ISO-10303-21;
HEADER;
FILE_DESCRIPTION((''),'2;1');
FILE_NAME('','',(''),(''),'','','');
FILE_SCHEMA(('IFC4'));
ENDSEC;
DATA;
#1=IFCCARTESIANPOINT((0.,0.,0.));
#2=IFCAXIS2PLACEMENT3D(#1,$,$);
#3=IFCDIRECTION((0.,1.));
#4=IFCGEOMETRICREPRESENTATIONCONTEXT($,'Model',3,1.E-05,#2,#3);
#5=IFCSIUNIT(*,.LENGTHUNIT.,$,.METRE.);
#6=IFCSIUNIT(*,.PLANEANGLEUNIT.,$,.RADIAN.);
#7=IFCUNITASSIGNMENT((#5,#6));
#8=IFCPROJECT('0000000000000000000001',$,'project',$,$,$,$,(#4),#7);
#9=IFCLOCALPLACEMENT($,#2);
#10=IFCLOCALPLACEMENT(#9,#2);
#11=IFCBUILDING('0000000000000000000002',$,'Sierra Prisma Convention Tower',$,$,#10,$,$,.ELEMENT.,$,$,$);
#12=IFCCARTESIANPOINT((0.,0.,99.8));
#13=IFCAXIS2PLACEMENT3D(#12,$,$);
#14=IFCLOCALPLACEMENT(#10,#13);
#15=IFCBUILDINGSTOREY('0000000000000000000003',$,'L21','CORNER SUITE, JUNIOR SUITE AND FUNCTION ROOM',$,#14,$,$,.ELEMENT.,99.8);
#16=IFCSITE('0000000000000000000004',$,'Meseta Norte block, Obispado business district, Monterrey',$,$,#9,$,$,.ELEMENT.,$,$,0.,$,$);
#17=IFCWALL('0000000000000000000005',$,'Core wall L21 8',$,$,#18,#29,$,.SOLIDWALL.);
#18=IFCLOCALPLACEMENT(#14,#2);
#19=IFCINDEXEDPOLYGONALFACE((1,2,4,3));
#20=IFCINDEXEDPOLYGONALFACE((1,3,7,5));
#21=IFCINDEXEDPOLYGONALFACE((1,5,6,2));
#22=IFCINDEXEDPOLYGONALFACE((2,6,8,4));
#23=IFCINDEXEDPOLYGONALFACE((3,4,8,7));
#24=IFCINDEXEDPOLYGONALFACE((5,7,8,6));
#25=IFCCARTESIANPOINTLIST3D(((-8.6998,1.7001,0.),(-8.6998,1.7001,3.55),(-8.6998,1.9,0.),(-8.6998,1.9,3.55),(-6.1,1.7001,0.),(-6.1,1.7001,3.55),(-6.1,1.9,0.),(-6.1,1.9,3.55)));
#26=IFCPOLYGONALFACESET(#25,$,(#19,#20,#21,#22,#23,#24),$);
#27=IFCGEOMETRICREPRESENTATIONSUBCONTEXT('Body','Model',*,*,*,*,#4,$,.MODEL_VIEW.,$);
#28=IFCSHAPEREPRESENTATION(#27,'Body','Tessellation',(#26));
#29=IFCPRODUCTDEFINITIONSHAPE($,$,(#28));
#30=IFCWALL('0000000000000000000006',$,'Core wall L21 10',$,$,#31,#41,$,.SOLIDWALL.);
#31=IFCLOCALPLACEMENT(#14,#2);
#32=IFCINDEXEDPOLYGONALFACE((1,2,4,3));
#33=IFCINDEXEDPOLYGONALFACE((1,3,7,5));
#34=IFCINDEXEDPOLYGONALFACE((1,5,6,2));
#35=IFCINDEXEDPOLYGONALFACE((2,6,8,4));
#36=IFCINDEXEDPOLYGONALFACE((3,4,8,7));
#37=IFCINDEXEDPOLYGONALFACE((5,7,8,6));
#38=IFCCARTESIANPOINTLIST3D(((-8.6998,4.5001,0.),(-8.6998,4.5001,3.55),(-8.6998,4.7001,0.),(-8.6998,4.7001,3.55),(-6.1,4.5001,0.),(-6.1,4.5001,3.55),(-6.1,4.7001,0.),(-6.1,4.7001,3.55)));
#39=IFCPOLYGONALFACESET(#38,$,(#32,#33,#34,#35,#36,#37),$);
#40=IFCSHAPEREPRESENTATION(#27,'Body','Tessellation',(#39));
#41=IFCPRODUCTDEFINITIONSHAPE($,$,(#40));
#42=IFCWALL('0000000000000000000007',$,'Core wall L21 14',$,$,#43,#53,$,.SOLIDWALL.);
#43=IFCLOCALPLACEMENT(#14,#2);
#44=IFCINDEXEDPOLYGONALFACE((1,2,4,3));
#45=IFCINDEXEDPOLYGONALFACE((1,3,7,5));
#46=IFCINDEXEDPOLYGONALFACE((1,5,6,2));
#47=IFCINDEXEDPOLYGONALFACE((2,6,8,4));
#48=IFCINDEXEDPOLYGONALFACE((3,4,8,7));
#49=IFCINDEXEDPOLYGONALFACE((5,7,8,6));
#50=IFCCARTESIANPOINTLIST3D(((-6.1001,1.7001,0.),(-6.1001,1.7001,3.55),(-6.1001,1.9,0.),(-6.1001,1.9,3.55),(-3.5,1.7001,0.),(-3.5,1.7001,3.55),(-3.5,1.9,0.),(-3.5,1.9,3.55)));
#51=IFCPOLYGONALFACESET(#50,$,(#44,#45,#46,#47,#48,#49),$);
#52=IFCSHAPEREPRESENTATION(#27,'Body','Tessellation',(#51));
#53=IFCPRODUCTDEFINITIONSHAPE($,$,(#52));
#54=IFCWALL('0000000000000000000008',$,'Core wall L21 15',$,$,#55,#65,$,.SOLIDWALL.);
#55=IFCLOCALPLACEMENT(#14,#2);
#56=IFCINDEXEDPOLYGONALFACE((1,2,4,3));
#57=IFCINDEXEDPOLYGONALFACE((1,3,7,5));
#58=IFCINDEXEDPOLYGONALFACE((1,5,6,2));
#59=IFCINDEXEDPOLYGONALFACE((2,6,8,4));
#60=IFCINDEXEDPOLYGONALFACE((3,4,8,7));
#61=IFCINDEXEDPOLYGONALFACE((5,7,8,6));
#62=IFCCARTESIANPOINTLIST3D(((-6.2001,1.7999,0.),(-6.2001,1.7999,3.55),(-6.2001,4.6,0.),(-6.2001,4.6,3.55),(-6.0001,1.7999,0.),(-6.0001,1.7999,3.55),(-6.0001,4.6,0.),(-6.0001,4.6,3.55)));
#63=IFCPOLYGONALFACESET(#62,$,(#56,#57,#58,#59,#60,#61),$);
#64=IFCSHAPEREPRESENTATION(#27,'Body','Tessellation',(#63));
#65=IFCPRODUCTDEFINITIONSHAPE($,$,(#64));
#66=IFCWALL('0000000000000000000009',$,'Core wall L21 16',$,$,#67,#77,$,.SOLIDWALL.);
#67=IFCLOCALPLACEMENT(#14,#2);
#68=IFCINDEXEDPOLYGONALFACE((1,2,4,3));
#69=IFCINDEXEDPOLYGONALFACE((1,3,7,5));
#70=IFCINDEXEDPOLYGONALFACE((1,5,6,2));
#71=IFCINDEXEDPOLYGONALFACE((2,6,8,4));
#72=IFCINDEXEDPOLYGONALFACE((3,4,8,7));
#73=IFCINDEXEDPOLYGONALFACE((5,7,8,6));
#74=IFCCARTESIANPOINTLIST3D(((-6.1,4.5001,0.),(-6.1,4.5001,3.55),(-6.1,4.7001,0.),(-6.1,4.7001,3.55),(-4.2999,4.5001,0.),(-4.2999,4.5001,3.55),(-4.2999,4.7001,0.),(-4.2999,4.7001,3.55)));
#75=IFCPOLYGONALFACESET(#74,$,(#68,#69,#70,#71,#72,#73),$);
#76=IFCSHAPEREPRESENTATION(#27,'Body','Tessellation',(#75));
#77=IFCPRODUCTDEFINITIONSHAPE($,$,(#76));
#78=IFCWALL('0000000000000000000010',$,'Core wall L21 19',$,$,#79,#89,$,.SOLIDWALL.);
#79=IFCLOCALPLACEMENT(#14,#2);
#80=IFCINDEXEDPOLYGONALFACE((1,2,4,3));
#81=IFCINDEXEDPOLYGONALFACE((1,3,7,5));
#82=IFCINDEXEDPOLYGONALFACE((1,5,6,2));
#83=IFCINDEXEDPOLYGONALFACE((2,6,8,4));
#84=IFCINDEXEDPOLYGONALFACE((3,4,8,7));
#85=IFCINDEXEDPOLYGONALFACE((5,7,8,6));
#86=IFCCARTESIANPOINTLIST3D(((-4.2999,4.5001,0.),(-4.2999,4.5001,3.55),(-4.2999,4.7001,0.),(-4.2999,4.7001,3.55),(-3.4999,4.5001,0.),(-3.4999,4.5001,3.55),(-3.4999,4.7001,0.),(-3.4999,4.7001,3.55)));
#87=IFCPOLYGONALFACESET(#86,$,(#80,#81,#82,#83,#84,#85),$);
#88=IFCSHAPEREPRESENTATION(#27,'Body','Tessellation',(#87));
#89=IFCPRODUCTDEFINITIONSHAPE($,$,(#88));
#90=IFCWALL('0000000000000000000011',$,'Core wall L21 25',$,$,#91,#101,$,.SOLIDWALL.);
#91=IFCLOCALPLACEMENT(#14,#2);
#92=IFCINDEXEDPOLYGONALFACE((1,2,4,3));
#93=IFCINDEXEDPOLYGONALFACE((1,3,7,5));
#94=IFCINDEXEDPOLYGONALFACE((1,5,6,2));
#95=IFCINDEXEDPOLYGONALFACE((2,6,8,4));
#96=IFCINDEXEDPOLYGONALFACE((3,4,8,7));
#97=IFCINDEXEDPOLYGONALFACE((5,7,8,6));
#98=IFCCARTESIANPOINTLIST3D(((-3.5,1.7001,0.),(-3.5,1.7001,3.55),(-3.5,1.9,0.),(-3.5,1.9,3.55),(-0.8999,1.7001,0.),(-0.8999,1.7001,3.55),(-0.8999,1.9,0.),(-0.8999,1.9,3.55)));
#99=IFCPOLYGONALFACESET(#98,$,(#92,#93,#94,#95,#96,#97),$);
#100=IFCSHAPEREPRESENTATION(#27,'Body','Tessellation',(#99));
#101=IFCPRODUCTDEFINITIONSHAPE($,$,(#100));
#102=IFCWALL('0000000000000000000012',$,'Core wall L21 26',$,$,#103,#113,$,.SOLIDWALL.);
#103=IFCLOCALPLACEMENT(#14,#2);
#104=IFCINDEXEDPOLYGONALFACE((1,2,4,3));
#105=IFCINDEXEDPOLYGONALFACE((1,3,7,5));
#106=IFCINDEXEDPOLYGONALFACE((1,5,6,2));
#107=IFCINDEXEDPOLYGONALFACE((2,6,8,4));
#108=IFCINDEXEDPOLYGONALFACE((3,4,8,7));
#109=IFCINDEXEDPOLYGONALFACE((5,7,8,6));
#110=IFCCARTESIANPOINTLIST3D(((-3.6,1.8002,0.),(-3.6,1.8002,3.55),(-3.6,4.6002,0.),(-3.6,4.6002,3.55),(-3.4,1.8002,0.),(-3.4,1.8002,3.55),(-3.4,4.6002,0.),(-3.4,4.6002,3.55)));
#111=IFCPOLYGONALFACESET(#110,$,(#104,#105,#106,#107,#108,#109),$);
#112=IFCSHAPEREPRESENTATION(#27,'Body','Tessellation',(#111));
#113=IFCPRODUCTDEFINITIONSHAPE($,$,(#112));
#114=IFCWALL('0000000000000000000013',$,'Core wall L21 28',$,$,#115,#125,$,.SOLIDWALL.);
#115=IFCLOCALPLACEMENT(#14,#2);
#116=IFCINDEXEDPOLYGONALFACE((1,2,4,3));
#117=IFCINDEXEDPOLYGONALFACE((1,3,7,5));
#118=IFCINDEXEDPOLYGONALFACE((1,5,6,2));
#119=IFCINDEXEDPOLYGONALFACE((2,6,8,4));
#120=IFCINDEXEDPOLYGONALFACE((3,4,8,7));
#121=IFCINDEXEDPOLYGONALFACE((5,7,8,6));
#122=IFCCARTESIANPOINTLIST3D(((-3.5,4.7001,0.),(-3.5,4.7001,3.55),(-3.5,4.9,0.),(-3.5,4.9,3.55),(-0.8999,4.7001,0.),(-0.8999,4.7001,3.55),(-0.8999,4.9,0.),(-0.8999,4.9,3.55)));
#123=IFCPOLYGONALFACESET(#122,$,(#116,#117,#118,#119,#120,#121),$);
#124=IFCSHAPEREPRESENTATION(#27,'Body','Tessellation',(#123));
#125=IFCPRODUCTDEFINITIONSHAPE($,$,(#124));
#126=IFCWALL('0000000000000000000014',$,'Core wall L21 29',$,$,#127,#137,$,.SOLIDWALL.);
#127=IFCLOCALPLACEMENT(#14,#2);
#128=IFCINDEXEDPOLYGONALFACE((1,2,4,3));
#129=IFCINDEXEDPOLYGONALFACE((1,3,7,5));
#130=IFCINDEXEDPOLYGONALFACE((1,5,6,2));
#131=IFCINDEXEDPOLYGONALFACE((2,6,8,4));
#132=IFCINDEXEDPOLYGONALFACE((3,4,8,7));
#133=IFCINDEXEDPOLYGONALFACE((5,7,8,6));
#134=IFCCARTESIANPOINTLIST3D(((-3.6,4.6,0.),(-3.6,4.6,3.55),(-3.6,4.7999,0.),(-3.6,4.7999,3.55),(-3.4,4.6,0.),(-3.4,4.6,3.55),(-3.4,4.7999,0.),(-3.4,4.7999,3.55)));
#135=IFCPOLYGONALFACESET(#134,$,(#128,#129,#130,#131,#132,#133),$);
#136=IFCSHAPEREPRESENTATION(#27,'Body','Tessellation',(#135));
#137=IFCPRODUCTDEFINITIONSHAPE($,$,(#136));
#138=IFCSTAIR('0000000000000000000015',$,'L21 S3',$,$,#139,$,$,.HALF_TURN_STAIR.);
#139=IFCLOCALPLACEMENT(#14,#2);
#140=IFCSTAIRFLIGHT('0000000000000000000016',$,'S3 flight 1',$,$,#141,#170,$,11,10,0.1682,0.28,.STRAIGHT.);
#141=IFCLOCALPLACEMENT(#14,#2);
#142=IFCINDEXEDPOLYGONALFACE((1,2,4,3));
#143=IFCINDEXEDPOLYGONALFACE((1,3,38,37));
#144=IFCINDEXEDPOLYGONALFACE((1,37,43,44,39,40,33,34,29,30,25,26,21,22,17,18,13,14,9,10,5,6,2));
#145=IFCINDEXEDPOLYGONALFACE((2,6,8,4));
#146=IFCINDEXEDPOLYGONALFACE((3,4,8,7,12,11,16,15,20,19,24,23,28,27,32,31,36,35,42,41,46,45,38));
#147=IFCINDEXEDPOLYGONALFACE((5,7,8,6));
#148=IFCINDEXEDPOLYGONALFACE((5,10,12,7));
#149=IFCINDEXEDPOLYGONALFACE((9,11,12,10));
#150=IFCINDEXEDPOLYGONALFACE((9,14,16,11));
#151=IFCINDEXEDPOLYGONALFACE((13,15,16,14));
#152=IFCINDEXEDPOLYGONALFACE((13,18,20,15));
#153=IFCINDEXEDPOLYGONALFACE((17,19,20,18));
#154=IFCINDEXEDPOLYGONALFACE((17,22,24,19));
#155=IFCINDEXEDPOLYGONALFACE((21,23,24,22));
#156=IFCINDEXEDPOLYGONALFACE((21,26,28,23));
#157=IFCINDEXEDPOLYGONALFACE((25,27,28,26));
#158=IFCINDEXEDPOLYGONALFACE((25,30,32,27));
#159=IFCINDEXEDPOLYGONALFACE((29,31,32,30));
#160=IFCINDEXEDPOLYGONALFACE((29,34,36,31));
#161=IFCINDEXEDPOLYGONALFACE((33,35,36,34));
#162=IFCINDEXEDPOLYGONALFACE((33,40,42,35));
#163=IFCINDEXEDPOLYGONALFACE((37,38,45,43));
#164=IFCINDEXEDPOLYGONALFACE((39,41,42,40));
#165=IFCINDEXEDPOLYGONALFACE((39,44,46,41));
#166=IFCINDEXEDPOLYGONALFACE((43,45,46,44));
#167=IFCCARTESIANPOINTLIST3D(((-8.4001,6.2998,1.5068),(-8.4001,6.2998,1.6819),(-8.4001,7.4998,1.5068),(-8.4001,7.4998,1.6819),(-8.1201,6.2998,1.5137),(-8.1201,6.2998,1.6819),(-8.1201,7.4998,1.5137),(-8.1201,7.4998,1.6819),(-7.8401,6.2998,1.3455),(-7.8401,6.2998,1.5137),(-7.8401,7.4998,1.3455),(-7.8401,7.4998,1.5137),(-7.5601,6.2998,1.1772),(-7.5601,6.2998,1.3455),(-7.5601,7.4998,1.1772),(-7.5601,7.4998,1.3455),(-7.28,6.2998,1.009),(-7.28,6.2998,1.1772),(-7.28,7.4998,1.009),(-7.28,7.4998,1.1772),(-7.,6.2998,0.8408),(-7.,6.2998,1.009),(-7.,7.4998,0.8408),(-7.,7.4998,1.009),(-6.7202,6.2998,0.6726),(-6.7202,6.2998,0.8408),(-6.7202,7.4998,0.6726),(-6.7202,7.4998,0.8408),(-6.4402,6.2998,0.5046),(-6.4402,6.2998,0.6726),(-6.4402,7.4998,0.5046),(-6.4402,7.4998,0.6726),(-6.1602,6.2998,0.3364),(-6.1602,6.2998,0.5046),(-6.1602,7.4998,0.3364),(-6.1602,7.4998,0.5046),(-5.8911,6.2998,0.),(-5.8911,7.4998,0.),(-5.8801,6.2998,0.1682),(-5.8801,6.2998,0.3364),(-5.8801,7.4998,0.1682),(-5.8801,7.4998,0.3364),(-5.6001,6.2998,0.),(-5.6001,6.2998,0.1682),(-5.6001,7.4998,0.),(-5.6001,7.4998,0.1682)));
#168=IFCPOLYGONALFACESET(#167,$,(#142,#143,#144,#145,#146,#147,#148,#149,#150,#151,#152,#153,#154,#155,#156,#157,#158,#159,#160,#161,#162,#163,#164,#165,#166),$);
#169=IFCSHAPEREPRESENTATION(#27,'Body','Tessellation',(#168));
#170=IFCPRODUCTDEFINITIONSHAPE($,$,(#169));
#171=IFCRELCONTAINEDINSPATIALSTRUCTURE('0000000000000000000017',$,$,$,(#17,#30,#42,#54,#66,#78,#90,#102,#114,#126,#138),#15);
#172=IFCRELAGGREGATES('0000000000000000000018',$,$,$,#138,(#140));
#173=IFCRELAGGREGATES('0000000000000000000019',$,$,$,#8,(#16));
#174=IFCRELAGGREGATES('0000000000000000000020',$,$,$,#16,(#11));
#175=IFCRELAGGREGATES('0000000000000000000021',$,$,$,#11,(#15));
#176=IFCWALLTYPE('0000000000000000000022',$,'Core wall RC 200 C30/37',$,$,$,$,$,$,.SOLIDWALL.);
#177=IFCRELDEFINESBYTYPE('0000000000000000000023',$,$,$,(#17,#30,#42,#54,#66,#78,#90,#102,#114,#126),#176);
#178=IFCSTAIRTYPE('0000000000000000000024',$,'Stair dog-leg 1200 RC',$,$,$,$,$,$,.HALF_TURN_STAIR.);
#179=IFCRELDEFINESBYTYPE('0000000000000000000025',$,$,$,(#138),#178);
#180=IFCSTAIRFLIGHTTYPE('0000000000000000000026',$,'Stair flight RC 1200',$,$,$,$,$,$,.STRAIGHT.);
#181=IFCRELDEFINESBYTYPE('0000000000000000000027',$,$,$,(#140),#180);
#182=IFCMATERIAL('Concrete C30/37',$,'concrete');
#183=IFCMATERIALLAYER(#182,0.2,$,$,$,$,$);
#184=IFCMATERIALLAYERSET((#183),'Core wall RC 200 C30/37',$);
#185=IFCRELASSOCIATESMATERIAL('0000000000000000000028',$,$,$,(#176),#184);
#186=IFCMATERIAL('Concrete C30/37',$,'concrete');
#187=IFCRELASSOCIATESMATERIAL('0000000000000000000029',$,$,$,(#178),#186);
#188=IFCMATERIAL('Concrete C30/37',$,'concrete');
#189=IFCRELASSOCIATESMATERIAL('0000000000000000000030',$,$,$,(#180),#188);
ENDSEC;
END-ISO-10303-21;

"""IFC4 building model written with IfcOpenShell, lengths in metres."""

from ifc_helpers import new_model, si_unit, direction, frame, frame_2d, origin, place, context, subcontext, project, spatial, polyline, rectangle, outline, extrude, material, layer, layer_set, type_object, element, aggregate, save


model = new_model("IFC4")

# Units and contexts
model_context = context("Model", 3, precision=1e-05, world=origin(), true_north=direction((0.0, 1.0)))
body_context = subcontext(model_context, "Body", "Model", "MODEL_VIEW")
ifc_project = project(units=[si_unit("LENGTHUNIT", "METRE"), si_unit("PLANEANGLEUNIT", "RADIAN")], contexts=[model_context])

# Site, building, storey
site_placement = place(None, origin())
site = spatial("IfcSite", under=ifc_project, at=site_placement, Name="Meseta Norte block, Obispado business district, Monterrey", CompositionType="ELEMENT", RefElevation=0.0)
building_placement = place(site_placement, origin())
building = spatial("IfcBuilding", under=site, at=building_placement, Name="Sierra Prisma Convention Tower", CompositionType="ELEMENT")
storey_placement = place(building_placement, frame((0.0, 0.0, 99.8)))
storey = spatial("IfcBuildingStorey", under=building, at=storey_placement, Name="L21", Description="CORNER SUITE, JUNIOR SUITE AND FUNCTION ROOM", CompositionType="ELEMENT", Elevation=99.8)

# Walls
ifc_material_1 = material(Name="Concrete C30/37", Category="concrete")
ifc_layer_1 = layer(ifc_material_1, 0.2)
ifc_layer_set_1 = layer_set([ifc_layer_1], Name="Core wall RC 200 C30/37")
wall_type = type_object("IfcWallType", Name="Core wall RC 200 C30/37", PredefinedType="SOLIDWALL", material=ifc_layer_set_1)
for number, where, z_axis, x_axis, name in (
    (1, (-6.1001, 1.8, 0.0), (0.0, 0.0, 1.0), (-1.0, 0.0, 0.0), "Core wall L21 8"),
    (2, (-6.1001, 4.6001, 0.0), (0.0, 0.0, 1.0), (-1.0, 0.0, 0.0), "Core wall L21 10"),
):
    element("IfcWall", number, at=place(storey_placement, frame(where, z_axis=z_axis, x_axis=x_axis)), inside=storey, type_object=wall_type, Name=name, PredefinedType="SOLIDWALL", context=body_context, shape_type="SweptSolid", body=[
        extrude(rectangle(XDim=2.5999, YDim=0.2, at=frame_2d((1.2998, 0.0))), origin(), (0.0, 0.0, 1.0), 3.55),
    ])
wall_1_placement = place(storey_placement, frame((-3.5, 1.8, 0.0), z_axis=(0.0, 0.0, 1.0), x_axis=(-1.0, 0.0, 0.0)))
element("IfcWall", 3, at=wall_1_placement, inside=storey, type_object=wall_type, Name="Core wall L21 14", PredefinedType="SOLIDWALL", context=body_context, shape_type="SweptSolid", body=[
    extrude(rectangle(XDim=2.6001, YDim=0.2, at=frame_2d((1.3, 0.0))), origin(), (0.0, 0.0, 1.0), 3.55),
])
wall_2_placement = place(storey_placement, frame((-6.1001, 1.8, 0.0), z_axis=(0.0, 0.0, 1.0), x_axis=(0.0, 1.0, 0.0)))
element("IfcWall", 4, at=wall_2_placement, inside=storey, type_object=wall_type, Name="Core wall L21 15", PredefinedType="SOLIDWALL", context=body_context, shape_type="SweptSolid", body=[
    extrude(rectangle(XDim=2.8, YDim=0.2, at=frame_2d((1.3999, 0.0))), origin(), (0.0, 0.0, 1.0), 3.55),
])
wall_3_placement = place(storey_placement, frame((-4.3, 4.6001, 0.0), z_axis=(0.0, 0.0, 1.0), x_axis=(-1.0, 0.0, 0.0)))
element("IfcWall", 5, at=wall_3_placement, inside=storey, type_object=wall_type, Name="Core wall L21 16", PredefinedType="SOLIDWALL", context=body_context, shape_type="SweptSolid", body=[
    extrude(rectangle(XDim=1.8, YDim=0.2, at=frame_2d((0.8999, 0.0))), origin(), (0.0, 0.0, 1.0), 3.55),
])
wall_4_placement = place(storey_placement, frame((-3.5, 4.6001, 0.0), z_axis=(0.0, 0.0, 1.0), x_axis=(-1.0, 0.0, 0.0)))
element("IfcWall", 6, at=wall_4_placement, inside=storey, type_object=wall_type, Name="Core wall L21 19", PredefinedType="SOLIDWALL", context=body_context, shape_type="SweptSolid", body=[
    extrude(rectangle(XDim=0.8, YDim=0.2, at=frame_2d((0.3999, 0.0))), origin(), (0.0, 0.0, 1.0), 3.55),
])

# Walls
wall_5_placement = place(storey_placement, frame((-0.8999, 1.8, 0.0), z_axis=(0.0, 0.0, 1.0), x_axis=(-1.0, 0.0, 0.0)))
element("IfcWall", 7, at=wall_5_placement, inside=storey, type_object=wall_type, Name="Core wall L21 25", PredefinedType="SOLIDWALL", context=body_context, shape_type="SweptSolid", body=[
    extrude(rectangle(XDim=2.6001, YDim=0.2, at=frame_2d((1.3, 0.0))), origin(), (0.0, 0.0, 1.0), 3.55),
])
wall_6_placement = place(storey_placement, frame((-3.5, 4.6001, 0.0), z_axis=(0.0, 0.0, 1.0), x_axis=(0.0, -1.0, 0.0)))
element("IfcWall", 8, at=wall_6_placement, inside=storey, type_object=wall_type, Name="Core wall L21 26", PredefinedType="SOLIDWALL", context=body_context, shape_type="SweptSolid", body=[
    extrude(rectangle(XDim=2.8, YDim=0.2, at=frame_2d((1.3999, 0.0))), origin(), (0.0, 0.0, 1.0), 3.55),
])

# Walls
wall_7_placement = place(storey_placement, frame((-0.8999, 4.8, 0.0), z_axis=(0.0, 0.0, 1.0), x_axis=(-1.0, 0.0, 0.0)))
element("IfcWall", 9, at=wall_7_placement, inside=storey, type_object=wall_type, Name="Core wall L21 28", PredefinedType="SOLIDWALL", context=body_context, shape_type="SweptSolid", body=[
    extrude(rectangle(XDim=2.6001, YDim=0.2, at=frame_2d((1.3, 0.0))), origin(), (0.0, 0.0, 1.0), 3.55),
])
wall_8_placement = place(storey_placement, frame((-3.5, 4.8, 0.0), z_axis=(0.0, 0.0, 1.0), x_axis=(0.0, -1.0, 0.0)))
element("IfcWall", 10, at=wall_8_placement, inside=storey, type_object=wall_type, Name="Core wall L21 29", PredefinedType="SOLIDWALL", context=body_context, shape_type="SweptSolid", body=[
    extrude(rectangle(XDim=0.2, YDim=0.2, at=frame_2d((0.1001, 0.0))), origin(), (0.0, 0.0, 1.0), 3.55),
])

# Stair, stair flight
ifc_material_2 = material(Name="Concrete C30/37", Category="concrete")
stair_type = type_object("IfcStairType", Name="Stair dog-leg 1200 RC", PredefinedType="HALF_TURN_STAIR", material=ifc_material_2)
stair_placement = place(storey_placement, origin())
stair = element("IfcStair", 11, at=stair_placement, inside=storey, type_object=stair_type, Name="L21 S3", PredefinedType="HALF_TURN_STAIR")
ifc_material_3 = material(Name="Concrete C30/37", Category="concrete")
stair_flight_type = type_object("IfcStairFlightType", Name="Stair flight RC 1200", PredefinedType="STRAIGHT", material=ifc_material_3)
stair_flight_placement = place(storey_placement, frame((-5.6001, 6.8999, 0.0), z_axis=(0.0, 0.0, 1.0), x_axis=(-1.0, 0.0, 0.0)))
stair_flight = element("IfcStairFlight", 12, at=stair_flight_placement, type_object=stair_flight_type, Name="S3 flight 1", NumberOfRisers=11, NumberOfTreads=10, PredefinedType="STRAIGHT", RiserHeight=0.1682, TreadLength=0.28, context=body_context, shape_type="SweptSolid", body=[
    extrude(outline(polyline([(0.0, 0.0), (0.0, 0.1682), (0.28, 0.1682), (0.28, 0.3364), (0.5601, 0.3364), (0.5601, 0.5046), (0.8401, 0.5046), (0.8401, 0.6726), (1.1201, 0.6726), (1.1201, 0.8408), (1.3999, 0.8408), (1.3999, 1.009), (1.6799, 1.009), (1.6799, 1.1772), (1.96, 1.1772), (1.96, 1.3455), (2.24, 1.3455), (2.24, 1.5137), (2.52, 1.5137), (2.52, 1.6819), (2.8, 1.6819), (2.8, 1.8501), (2.8, 1.5068), (0.291, 0.0), (0.0, 0.0)])), frame((0.0, 0.6001, 0.0), z_axis=(0.0, -1.0, 0.0), x_axis=(1.0, 0.0, 0.0)), (0.0, 0.0, 1.0), 1.2),
])
aggregate(stair, [stair_flight])

save(model, "model.ifc")
